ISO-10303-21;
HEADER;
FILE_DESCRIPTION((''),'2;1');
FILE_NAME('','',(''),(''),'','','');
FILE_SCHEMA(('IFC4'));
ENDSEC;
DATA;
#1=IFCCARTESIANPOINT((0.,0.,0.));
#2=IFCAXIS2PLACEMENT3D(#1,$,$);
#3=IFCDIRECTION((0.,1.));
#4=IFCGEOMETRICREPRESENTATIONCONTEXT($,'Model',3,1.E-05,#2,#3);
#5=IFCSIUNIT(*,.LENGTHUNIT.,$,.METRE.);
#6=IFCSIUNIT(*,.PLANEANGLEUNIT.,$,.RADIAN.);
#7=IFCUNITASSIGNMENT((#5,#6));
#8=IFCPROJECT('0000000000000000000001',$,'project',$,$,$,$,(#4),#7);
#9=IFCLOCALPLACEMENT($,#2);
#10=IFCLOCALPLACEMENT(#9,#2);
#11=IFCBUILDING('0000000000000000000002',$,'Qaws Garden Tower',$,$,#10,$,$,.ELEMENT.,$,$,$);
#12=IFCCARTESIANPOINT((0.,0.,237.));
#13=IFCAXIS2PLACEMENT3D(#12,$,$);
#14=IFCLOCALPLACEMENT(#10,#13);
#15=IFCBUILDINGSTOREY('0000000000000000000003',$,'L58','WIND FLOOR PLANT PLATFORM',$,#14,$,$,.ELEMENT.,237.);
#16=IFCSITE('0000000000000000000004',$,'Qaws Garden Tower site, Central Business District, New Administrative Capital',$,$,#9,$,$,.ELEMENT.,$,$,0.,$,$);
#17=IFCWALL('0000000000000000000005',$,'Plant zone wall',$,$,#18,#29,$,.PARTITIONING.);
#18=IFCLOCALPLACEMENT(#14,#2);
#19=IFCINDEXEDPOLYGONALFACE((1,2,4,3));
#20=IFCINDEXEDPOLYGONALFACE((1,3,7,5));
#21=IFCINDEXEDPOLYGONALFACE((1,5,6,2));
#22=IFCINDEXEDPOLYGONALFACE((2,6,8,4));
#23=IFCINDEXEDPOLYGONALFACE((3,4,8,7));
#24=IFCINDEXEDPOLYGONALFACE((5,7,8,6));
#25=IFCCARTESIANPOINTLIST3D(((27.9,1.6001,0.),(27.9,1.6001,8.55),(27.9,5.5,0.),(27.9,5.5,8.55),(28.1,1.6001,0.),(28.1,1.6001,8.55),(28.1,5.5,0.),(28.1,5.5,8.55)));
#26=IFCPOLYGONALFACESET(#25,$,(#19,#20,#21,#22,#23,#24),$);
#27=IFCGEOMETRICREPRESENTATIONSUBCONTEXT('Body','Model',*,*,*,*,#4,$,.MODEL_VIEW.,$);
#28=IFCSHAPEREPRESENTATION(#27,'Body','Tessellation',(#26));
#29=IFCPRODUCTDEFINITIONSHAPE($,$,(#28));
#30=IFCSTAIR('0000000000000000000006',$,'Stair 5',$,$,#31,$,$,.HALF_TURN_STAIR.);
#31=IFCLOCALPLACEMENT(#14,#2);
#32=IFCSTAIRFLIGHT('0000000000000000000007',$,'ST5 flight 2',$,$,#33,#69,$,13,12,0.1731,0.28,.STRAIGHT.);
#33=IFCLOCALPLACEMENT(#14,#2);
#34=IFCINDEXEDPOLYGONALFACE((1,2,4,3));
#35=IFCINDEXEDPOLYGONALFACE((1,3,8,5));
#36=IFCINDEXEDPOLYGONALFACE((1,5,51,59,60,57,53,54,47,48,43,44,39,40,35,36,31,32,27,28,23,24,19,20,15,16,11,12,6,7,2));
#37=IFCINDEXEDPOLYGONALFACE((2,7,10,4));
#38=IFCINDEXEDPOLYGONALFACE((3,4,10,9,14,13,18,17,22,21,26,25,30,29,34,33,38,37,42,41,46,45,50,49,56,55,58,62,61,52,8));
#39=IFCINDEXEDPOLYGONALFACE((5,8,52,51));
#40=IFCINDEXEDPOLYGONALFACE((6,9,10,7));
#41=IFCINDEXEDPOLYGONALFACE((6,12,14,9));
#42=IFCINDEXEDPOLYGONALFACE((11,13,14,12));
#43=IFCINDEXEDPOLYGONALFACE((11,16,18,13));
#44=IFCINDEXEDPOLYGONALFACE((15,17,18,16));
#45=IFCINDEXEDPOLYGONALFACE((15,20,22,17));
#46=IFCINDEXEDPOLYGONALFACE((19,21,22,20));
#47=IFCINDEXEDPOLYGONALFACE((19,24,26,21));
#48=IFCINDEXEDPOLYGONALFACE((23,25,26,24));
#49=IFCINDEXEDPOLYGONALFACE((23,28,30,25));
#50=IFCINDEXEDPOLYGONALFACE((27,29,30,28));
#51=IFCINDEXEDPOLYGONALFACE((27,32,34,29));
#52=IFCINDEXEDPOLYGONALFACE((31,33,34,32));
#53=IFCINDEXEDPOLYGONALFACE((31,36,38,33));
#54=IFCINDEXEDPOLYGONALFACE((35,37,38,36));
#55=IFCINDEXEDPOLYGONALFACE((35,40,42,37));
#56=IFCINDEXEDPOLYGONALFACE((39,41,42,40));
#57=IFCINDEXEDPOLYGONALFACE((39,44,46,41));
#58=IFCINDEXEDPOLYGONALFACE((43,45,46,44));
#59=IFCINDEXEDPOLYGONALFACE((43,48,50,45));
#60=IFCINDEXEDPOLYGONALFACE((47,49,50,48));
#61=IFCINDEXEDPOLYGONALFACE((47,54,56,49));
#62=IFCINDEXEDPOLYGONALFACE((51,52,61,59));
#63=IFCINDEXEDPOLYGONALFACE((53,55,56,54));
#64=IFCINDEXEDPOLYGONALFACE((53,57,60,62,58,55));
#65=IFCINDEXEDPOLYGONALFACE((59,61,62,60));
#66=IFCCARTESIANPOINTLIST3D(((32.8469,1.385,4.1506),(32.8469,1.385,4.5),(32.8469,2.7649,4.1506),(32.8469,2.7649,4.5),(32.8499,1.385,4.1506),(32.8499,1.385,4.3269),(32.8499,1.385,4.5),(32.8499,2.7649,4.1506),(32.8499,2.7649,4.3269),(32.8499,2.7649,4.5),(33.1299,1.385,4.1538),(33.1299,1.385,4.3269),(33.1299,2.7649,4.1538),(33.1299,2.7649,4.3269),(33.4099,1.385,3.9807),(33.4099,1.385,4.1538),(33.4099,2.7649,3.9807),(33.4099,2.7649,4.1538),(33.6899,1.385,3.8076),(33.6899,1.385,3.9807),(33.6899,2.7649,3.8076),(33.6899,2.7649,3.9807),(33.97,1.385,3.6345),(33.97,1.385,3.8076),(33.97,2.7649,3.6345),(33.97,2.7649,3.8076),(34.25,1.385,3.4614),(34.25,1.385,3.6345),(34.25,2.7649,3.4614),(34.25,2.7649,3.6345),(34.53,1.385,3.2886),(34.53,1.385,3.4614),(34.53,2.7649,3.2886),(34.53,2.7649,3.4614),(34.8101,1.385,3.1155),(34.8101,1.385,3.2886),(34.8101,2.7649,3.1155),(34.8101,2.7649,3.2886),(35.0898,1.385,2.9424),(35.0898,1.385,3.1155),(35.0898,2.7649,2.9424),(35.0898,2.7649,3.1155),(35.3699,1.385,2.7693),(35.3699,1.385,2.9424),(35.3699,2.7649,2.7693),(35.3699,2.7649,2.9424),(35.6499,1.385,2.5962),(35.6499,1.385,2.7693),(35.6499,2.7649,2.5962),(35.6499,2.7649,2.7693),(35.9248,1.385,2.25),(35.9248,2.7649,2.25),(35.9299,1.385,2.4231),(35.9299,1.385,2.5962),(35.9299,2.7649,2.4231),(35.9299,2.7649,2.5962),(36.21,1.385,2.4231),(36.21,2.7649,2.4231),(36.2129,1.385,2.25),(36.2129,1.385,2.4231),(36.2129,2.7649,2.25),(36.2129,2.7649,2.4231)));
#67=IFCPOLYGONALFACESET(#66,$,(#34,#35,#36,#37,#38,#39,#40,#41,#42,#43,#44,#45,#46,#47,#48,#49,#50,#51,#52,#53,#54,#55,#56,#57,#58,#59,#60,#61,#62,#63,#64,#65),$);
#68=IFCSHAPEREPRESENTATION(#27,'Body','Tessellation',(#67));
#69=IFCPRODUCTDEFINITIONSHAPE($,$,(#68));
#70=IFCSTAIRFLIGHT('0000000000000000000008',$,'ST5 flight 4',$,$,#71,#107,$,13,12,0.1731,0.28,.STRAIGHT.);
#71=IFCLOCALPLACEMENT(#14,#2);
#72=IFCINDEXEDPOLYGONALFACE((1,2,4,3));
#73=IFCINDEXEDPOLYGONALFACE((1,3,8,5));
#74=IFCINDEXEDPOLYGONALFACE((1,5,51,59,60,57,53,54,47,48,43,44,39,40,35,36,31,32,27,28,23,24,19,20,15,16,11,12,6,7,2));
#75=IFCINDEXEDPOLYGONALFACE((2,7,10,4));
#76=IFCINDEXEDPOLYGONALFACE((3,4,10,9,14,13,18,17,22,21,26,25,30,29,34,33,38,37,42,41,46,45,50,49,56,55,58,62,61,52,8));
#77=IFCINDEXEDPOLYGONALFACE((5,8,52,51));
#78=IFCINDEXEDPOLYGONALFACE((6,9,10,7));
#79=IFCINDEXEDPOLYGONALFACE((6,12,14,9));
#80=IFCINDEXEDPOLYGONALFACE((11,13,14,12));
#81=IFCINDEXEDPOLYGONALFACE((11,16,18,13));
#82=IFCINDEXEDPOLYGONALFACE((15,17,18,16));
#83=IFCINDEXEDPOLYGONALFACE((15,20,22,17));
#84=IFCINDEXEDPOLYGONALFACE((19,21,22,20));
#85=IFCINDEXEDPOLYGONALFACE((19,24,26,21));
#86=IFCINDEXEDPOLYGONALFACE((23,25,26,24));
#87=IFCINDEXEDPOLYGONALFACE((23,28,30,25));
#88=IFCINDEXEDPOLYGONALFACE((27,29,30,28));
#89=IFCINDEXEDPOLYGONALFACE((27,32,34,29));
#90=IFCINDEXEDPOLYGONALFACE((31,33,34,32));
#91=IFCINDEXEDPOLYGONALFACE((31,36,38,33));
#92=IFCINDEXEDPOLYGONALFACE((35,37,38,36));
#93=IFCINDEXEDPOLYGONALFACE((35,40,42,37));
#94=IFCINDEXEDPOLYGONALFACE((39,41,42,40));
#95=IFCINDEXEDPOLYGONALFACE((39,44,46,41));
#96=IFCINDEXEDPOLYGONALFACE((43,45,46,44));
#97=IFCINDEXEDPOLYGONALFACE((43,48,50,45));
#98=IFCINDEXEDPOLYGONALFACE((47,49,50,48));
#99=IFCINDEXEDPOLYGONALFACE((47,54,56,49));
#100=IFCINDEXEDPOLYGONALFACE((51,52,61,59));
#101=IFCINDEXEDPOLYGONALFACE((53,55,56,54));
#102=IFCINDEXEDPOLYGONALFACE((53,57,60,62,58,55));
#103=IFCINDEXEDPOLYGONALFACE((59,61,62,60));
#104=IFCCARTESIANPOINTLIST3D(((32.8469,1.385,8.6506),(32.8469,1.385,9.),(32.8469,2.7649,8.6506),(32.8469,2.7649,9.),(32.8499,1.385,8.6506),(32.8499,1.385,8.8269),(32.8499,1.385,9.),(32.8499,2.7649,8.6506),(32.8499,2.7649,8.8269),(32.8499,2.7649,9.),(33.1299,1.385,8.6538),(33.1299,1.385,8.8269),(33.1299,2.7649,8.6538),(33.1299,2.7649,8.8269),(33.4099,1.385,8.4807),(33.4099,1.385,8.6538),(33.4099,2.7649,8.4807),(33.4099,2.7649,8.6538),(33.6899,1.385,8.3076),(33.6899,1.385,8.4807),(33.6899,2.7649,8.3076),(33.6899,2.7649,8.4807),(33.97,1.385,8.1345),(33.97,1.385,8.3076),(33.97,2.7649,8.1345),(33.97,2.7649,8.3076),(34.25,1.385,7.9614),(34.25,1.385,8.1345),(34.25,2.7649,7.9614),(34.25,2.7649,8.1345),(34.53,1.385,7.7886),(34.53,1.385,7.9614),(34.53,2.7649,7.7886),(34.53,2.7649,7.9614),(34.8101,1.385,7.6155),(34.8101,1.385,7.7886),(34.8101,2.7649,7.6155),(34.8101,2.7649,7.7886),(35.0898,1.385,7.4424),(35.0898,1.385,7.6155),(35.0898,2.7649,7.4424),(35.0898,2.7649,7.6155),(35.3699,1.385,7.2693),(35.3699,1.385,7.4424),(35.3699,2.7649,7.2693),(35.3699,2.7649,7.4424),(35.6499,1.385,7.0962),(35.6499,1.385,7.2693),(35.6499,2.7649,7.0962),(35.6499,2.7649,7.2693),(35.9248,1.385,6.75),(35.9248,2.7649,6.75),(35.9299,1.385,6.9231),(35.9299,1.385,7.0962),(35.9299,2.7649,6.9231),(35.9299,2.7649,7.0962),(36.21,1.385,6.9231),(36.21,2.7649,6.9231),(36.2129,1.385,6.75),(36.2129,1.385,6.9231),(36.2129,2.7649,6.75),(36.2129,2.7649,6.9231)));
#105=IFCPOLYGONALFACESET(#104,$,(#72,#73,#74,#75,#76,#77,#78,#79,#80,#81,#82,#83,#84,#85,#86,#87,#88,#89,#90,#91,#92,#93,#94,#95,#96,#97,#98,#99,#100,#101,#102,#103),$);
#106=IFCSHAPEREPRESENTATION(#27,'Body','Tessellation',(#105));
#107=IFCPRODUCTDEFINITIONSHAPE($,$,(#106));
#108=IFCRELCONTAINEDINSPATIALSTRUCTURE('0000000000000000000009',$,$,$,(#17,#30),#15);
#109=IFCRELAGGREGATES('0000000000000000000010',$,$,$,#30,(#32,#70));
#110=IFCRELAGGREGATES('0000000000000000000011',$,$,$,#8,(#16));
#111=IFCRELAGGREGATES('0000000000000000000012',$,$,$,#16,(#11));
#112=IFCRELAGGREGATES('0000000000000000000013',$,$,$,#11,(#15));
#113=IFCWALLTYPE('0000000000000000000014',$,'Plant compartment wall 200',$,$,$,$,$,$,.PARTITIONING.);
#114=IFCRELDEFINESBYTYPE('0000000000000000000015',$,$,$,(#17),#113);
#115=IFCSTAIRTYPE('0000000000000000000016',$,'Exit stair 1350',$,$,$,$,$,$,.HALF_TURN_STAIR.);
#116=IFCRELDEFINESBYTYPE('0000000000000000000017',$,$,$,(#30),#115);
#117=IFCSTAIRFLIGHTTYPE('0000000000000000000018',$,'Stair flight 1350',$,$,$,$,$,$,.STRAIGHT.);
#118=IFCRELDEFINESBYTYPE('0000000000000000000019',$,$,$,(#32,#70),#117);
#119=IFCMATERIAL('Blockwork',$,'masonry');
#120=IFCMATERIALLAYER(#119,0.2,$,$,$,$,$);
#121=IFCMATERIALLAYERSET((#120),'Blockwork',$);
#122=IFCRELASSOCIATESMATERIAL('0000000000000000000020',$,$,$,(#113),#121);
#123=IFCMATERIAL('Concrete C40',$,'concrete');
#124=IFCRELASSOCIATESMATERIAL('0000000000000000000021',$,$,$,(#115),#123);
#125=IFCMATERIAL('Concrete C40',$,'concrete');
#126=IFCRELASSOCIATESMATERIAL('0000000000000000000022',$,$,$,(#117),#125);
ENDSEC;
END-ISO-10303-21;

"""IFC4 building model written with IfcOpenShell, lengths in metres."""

from ifc_helpers import new_model, si_unit, direction, frame, frame_2d, origin, place, context, subcontext, project, spatial, polyline, rectangle, outline, extrude, material, layer, layer_set, type_object, element, aggregate, save


model = new_model("IFC4")

# Units and contexts
model_context = context("Model", 3, precision=1e-05, world=origin(), true_north=direction((0.0, 1.0)))
body_context = subcontext(model_context, "Body", "Model", "MODEL_VIEW")
ifc_project = project(units=[si_unit("LENGTHUNIT", "METRE"), si_unit("PLANEANGLEUNIT", "RADIAN")], contexts=[model_context])

# Site, building, storey
site_placement = place(None, origin())
site = spatial("IfcSite", under=ifc_project, at=site_placement, Name="Qaws Garden Tower site, Central Business District, New Administrative Capital", CompositionType="ELEMENT", RefElevation=0.0)
building_placement = place(site_placement, origin())
building = spatial("IfcBuilding", under=site, at=building_placement, Name="Qaws Garden Tower", CompositionType="ELEMENT")
storey_placement = place(building_placement, frame((0.0, 0.0, 237.0)))
storey = spatial("IfcBuildingStorey", under=building, at=storey_placement, Name="L58", Description="WIND FLOOR PLANT PLATFORM", CompositionType="ELEMENT", Elevation=237.0)

# Wall
ifc_material_1 = material(Name="Blockwork", Category="masonry")
ifc_layer_1 = layer(ifc_material_1, 0.2)
ifc_layer_set_1 = layer_set([ifc_layer_1], Name="Blockwork")
wall_type_1 = type_object("IfcWallType", Name="Plant compartment wall 200", PredefinedType="PARTITIONING", material=ifc_layer_set_1)
wall_1_placement = place(storey_placement, frame((28.0, 1.6001, 0.0), z_axis=(0.0, 0.0, 1.0), x_axis=(0.0, 1.0, 0.0)))
element("IfcWall", 1, at=wall_1_placement, inside=storey, type_object=wall_type_1, Name="Plant zone wall", PredefinedType="PARTITIONING", context=body_context, shape_type="SweptSolid", body=[
    extrude(rectangle(XDim=3.8999, YDim=0.2, at=frame_2d((1.95, 0.0))), origin(), (0.0, 0.0, 1.0), 8.55),
])

# Stair, stair flights
ifc_material_2 = material(Name="Concrete C40", Category="concrete")
stair_type = type_object("IfcStairType", Name="Exit stair 1350", PredefinedType="HALF_TURN_STAIR", material=ifc_material_2)
stair_placement = place(storey_placement, origin())
stair = element("IfcStair", 2, at=stair_placement, inside=storey, type_object=stair_type, Name="Stair 5", PredefinedType="HALF_TURN_STAIR")
ifc_material_3 = material(Name="Concrete C40", Category="concrete")
stair_flight_type = type_object("IfcStairFlightType", Name="Stair flight 1350", PredefinedType="STRAIGHT", material=ifc_material_3)
stair_flight_1_placement = place(storey_placement, frame((36.21, 2.075, 2.25), z_axis=(0.0, 0.0, 1.0), x_axis=(-1.0, 0.0, 0.0)))
stair_flight_1 = element("IfcStairFlight", 3, at=stair_flight_1_placement, type_object=stair_flight_type, Name="ST5 flight 2", NumberOfRisers=13, NumberOfTreads=12, PredefinedType="STRAIGHT", RiserHeight=0.1731, TreadLength=0.28, context=body_context, shape_type="SweptSolid", body=[
    extrude(outline(polyline([(-0.0029, 0.0), (-0.0029, 0.1731), (0.0, 0.1731), (0.28, 0.1731), (0.28, 0.3462), (0.5601, 0.3462), (0.5601, 0.5193), (0.8401, 0.5193), (0.8401, 0.6924), (1.1201, 0.6924), (1.1201, 0.8655), (1.3999, 0.8655), (1.3999, 1.0386), (1.6799, 1.0386), (1.6799, 1.2114), (1.96, 1.2114), (1.96, 1.3845), (2.24, 1.3845), (2.24, 1.5576), (2.52, 1.5576), (2.52, 1.7307), (2.8, 1.7307), (2.8, 1.9038), (3.0801, 1.9038), (3.0801, 2.0769), (3.3601, 2.0769), (3.3601, 2.25), (3.363, 2.25), (3.363, 1.9006), (3.3601, 1.9006), (0.2852, 0.0), (-0.0029, 0.0)])), frame((0.0, 0.6899, 0.0), z_axis=(0.0, -1.0, 0.0), x_axis=(1.0, 0.0, 0.0)), (0.0, 0.0, 1.0), 1.3799),
])
stair_flight_2_placement = place(storey_placement, frame((36.21, 2.075, 6.75), z_axis=(0.0, 0.0, 1.0), x_axis=(-1.0, 0.0, 0.0)))
stair_flight_2 = element("IfcStairFlight", 4, at=stair_flight_2_placement, type_object=stair_flight_type, Name="ST5 flight 4", NumberOfRisers=13, NumberOfTreads=12, PredefinedType="STRAIGHT", RiserHeight=0.1731, TreadLength=0.28, context=body_context, shape_type="SweptSolid", body=[
    extrude(outline(polyline([(-0.0029, 0.0), (-0.0029, 0.1731), (0.0, 0.1731), (0.28, 0.1731), (0.28, 0.3462), (0.5601, 0.3462), (0.5601, 0.5193), (0.8401, 0.5193), (0.8401, 0.6924), (1.1201, 0.6924), (1.1201, 0.8655), (1.3999, 0.8655), (1.3999, 1.0386), (1.6799, 1.0386), (1.6799, 1.2114), (1.96, 1.2114), (1.96, 1.3845), (2.24, 1.3845), (2.24, 1.5576), (2.52, 1.5576), (2.52, 1.7307), (2.8, 1.7307), (2.8, 1.9038), (3.0801, 1.9038), (3.0801, 2.0769), (3.3601, 2.0769), (3.3601, 2.25), (3.363, 2.25), (3.363, 1.9006), (3.3601, 1.9006), (0.2852, 0.0), (-0.0029, 0.0)])), frame((0.0, 0.6899, 0.0), z_axis=(0.0, -1.0, 0.0), x_axis=(1.0, 0.0, 0.0)), (0.0, 0.0, 1.0), 1.3799),
])
aggregate(stair, [stair_flight_1, stair_flight_2])

save(model, "model.ifc")
